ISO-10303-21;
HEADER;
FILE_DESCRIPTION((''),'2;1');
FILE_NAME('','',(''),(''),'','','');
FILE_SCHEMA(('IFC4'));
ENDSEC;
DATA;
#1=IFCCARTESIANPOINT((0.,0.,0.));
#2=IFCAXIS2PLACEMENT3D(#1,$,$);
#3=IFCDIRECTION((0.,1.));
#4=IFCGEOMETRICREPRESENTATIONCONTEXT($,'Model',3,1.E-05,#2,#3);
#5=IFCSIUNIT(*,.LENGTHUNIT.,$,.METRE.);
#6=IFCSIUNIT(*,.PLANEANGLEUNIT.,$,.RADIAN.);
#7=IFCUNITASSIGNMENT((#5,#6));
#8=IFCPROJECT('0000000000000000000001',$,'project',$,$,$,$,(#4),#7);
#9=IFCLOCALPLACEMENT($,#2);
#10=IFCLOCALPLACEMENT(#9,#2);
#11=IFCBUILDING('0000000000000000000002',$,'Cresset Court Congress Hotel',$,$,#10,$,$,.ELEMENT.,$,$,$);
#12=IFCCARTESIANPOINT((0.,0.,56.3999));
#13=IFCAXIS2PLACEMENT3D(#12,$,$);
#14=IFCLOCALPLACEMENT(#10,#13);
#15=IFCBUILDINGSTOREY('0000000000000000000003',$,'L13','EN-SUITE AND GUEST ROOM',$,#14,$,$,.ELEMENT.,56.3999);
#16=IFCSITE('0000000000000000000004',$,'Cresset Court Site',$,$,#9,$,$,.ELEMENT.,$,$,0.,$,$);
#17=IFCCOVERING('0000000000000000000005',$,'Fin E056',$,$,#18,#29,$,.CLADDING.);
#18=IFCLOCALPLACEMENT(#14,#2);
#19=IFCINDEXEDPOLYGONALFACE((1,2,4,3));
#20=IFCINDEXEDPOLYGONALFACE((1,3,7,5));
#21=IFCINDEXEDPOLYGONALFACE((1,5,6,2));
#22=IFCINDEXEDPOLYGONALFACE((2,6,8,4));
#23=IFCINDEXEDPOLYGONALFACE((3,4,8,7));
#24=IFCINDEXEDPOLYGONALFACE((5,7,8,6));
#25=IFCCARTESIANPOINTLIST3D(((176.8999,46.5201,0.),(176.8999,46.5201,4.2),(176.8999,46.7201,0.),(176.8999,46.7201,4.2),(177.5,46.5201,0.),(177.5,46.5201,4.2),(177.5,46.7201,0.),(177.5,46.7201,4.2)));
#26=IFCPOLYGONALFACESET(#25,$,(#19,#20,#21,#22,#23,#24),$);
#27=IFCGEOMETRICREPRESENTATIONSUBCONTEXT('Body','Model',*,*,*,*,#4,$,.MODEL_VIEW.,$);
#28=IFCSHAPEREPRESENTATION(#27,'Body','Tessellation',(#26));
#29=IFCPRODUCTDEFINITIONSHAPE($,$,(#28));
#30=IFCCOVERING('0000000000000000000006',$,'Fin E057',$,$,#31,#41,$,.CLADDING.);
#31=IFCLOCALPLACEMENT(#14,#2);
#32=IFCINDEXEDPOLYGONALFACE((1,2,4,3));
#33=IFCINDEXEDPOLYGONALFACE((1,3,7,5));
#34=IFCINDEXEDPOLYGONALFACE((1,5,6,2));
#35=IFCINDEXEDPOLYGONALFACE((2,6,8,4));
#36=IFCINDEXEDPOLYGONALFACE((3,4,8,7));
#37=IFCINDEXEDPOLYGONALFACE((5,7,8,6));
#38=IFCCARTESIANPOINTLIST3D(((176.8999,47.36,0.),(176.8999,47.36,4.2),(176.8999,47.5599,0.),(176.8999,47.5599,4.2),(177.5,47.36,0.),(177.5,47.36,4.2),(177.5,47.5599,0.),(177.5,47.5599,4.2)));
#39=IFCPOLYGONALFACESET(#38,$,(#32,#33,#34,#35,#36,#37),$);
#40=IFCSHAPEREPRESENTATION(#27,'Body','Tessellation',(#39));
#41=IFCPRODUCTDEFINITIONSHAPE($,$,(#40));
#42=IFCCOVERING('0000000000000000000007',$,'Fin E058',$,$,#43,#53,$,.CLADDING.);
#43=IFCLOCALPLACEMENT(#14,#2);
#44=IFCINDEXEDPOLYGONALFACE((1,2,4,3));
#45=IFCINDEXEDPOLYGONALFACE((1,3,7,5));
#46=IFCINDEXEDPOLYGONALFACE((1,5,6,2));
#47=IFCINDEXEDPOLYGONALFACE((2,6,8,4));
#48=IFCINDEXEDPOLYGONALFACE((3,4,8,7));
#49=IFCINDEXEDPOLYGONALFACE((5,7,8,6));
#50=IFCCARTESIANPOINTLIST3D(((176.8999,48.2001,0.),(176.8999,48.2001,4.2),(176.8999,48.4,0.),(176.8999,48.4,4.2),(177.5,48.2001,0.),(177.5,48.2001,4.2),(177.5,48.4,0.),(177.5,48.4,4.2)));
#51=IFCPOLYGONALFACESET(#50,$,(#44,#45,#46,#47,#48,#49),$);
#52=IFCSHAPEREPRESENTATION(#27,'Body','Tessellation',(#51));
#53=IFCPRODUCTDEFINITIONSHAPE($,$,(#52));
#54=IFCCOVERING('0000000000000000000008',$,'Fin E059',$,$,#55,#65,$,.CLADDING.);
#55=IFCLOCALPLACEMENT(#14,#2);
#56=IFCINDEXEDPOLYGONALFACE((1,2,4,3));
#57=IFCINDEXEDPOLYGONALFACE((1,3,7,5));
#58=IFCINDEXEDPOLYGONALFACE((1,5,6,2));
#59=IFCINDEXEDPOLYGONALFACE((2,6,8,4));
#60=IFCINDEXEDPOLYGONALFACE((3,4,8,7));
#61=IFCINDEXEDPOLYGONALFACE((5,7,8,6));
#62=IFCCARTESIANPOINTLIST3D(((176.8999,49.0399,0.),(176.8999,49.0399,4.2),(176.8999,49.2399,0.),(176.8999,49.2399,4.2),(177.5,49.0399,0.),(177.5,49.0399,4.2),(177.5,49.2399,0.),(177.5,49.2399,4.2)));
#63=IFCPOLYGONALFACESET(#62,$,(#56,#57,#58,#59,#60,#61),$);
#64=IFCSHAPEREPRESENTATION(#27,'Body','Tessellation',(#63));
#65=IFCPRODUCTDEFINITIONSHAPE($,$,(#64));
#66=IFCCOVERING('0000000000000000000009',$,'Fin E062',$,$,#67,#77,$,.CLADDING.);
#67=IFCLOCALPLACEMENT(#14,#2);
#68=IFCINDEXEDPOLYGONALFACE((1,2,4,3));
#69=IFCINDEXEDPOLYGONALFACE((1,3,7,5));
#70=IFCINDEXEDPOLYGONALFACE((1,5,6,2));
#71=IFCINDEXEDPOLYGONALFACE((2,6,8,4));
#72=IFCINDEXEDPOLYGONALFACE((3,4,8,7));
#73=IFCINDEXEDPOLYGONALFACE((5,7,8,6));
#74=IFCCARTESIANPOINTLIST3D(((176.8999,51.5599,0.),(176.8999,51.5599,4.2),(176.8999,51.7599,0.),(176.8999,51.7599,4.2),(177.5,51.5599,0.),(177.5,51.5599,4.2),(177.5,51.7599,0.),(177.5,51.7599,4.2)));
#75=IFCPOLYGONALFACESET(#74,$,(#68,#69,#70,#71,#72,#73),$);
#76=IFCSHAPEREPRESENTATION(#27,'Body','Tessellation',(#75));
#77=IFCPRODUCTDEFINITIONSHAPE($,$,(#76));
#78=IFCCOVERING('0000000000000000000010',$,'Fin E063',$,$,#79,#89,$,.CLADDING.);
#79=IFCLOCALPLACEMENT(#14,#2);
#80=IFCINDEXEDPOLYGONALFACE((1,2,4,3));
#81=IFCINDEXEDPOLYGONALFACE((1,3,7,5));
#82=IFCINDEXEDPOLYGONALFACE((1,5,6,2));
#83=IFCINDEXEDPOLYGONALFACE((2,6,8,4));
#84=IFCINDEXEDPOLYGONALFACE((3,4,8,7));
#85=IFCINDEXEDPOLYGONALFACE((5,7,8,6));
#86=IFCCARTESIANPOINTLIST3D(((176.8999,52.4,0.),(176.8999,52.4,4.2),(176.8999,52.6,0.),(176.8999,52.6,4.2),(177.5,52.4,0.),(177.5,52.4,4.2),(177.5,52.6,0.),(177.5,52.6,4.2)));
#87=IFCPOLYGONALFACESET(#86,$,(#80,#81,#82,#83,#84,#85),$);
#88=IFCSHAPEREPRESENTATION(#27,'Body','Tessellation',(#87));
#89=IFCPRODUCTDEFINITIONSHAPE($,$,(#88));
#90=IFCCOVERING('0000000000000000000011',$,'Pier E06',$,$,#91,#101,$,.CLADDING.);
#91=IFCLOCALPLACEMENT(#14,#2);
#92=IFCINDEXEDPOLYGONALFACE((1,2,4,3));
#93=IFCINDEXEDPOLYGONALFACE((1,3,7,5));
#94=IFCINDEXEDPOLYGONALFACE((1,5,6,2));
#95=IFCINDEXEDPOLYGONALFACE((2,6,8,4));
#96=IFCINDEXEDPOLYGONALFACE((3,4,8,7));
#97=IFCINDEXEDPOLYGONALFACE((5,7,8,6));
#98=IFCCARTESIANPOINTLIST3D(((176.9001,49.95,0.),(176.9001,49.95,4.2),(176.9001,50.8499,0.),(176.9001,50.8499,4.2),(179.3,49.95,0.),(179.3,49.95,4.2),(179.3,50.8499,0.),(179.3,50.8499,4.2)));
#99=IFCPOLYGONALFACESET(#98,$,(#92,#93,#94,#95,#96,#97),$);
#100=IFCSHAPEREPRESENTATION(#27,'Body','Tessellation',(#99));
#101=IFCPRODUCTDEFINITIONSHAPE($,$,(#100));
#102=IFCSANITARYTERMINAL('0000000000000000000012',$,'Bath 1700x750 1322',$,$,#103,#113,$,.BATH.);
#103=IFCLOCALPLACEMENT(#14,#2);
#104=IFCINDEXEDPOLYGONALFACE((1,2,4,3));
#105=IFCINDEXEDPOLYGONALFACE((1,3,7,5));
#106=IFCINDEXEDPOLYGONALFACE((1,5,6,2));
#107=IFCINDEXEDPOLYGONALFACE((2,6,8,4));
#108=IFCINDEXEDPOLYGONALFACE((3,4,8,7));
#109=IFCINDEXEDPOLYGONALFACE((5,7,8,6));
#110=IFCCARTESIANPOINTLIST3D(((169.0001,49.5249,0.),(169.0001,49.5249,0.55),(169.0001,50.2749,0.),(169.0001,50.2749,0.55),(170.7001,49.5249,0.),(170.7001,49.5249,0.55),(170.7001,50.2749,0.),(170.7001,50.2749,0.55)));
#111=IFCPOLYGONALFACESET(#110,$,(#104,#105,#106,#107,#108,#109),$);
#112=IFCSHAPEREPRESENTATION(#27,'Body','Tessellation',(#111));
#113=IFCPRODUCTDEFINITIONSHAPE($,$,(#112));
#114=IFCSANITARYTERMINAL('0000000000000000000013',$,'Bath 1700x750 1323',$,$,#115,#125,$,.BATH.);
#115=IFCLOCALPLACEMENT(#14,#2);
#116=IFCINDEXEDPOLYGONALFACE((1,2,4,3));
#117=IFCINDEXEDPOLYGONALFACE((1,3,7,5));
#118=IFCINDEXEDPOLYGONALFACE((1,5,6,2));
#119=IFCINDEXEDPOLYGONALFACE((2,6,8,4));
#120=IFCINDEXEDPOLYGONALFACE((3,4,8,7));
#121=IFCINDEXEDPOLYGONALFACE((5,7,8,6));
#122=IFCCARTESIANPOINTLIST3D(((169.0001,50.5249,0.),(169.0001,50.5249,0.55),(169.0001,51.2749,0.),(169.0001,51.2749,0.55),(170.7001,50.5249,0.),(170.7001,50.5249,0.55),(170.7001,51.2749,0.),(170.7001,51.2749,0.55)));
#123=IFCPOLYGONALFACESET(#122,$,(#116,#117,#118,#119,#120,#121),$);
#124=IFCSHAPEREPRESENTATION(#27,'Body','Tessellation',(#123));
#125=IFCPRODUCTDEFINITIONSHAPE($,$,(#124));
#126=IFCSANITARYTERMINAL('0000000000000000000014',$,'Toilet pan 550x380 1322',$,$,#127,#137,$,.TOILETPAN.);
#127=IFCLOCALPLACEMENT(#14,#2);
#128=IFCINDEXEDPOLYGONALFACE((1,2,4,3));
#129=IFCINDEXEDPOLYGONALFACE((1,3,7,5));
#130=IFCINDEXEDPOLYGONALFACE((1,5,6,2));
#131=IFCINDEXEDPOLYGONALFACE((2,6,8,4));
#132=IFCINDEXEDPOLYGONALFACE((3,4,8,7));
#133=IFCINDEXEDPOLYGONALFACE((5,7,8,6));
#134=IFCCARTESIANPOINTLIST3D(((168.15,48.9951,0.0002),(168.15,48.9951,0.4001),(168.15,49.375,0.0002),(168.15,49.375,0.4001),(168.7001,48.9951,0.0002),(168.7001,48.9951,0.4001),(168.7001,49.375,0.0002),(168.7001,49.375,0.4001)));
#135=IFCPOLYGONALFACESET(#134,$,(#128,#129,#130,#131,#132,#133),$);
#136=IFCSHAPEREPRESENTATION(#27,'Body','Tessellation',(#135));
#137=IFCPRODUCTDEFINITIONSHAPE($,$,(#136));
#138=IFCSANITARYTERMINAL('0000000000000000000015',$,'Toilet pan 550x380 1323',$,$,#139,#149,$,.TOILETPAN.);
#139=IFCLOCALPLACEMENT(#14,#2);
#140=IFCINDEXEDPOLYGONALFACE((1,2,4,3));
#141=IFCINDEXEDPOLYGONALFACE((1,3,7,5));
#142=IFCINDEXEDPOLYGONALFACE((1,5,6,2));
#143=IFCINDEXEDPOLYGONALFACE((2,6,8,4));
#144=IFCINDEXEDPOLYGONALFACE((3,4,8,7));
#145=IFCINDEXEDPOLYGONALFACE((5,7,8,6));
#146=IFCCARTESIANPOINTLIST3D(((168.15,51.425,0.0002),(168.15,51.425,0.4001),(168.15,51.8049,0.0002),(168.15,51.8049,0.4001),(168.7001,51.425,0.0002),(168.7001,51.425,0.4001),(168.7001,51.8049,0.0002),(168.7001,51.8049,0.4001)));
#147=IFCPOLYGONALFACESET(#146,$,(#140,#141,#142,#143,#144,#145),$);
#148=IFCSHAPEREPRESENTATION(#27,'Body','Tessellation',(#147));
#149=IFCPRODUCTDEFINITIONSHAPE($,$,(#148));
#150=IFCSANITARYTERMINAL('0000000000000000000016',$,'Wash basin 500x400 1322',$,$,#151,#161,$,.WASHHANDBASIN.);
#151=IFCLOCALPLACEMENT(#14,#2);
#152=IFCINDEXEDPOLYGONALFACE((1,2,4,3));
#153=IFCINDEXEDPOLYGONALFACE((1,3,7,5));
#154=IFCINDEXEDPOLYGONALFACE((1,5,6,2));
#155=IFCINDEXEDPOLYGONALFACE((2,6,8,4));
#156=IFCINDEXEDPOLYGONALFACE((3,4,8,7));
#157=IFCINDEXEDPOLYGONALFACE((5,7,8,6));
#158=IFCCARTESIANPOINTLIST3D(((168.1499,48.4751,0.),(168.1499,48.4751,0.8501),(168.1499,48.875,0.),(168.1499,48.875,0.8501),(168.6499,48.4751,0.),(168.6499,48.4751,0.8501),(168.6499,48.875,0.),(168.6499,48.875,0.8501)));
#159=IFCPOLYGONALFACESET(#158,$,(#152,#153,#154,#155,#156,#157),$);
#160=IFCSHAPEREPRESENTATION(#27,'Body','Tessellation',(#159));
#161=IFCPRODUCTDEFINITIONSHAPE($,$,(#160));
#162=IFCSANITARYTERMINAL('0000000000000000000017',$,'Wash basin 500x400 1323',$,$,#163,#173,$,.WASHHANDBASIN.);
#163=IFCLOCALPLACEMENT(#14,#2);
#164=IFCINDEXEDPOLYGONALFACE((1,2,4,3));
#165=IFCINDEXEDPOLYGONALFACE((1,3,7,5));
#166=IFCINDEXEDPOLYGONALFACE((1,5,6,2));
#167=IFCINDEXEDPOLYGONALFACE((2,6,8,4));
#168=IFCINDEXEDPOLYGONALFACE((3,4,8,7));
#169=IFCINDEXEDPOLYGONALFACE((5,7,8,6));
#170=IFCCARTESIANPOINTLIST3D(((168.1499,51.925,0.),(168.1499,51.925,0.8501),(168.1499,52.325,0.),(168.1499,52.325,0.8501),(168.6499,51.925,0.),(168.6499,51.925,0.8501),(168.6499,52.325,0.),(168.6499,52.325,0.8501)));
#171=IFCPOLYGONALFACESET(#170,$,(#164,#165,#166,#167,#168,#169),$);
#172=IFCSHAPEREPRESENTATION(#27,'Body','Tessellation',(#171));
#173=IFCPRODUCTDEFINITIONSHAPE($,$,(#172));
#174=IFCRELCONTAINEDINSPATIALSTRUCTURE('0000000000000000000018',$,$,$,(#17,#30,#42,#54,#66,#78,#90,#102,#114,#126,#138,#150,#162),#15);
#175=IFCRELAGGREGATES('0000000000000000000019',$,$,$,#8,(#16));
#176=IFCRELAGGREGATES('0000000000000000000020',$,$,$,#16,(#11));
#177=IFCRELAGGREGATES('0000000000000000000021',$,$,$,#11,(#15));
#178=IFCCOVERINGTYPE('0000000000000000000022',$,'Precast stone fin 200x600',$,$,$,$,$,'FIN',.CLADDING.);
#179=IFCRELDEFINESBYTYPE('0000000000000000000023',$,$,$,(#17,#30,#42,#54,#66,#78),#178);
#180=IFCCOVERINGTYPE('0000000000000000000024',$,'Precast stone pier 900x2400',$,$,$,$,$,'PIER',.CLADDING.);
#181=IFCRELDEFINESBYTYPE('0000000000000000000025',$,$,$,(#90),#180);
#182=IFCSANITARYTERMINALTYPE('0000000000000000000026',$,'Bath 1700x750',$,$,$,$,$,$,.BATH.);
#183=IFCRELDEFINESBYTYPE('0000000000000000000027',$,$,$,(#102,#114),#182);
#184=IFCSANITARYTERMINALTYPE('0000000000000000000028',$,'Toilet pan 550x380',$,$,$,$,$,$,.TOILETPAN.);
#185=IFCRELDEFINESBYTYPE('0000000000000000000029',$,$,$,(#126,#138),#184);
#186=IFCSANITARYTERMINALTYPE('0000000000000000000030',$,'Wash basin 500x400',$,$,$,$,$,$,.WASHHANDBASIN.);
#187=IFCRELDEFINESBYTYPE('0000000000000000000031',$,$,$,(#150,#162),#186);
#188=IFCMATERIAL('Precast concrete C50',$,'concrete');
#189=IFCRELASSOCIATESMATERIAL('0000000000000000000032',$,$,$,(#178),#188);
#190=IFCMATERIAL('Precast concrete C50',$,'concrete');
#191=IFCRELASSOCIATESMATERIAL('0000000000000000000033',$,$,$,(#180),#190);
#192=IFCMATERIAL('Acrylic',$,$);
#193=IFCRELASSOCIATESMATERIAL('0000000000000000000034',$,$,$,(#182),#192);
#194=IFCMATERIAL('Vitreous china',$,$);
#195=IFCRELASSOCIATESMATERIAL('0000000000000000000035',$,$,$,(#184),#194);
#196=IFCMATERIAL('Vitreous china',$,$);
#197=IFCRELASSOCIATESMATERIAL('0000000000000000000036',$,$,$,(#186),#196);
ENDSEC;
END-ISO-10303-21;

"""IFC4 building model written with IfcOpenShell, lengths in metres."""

from ifc_helpers import new_model, si_unit, direction, frame, origin, origin_2d, place, context, subcontext, project, spatial, rectangle, extrude, material, type_object, element, save


model = new_model("IFC4")

# Units and contexts
model_context = context("Model", 3, precision=1e-05, world=origin(), true_north=direction((0.0, 1.0)))
body_context = subcontext(model_context, "Body", "Model", "MODEL_VIEW")
ifc_project = project(units=[si_unit("LENGTHUNIT", "METRE"), si_unit("PLANEANGLEUNIT", "RADIAN")], contexts=[model_context])

# Site, building, storey
site_placement = place(None, origin())
site = spatial("IfcSite", under=ifc_project, at=site_placement, Name="Cresset Court Site", CompositionType="ELEMENT", RefElevation=0.0)
building_placement = place(site_placement, origin())
building = spatial("IfcBuilding", under=site, at=building_placement, Name="Cresset Court Congress Hotel", CompositionType="ELEMENT")
storey_placement = place(building_placement, frame((0.0, 0.0, 56.3999)))
storey = spatial("IfcBuildingStorey", under=building, at=storey_placement, Name="L13", Description="EN-SUITE AND GUEST ROOM", CompositionType="ELEMENT", Elevation=56.3999)

# Coverings
ifc_material_1 = material(Name="Precast concrete C50", Category="concrete")
covering_type_1 = type_object("IfcCoveringType", Name="Precast stone fin 200x600", ElementType="FIN", PredefinedType="CLADDING", material=ifc_material_1)
for number, where, z_axis, x_axis, name in (
    (1, (177.2, 46.6201, 0.0), (0.0, 0.0, 1.0), (1.0, 0.0, 0.0), "Fin E056"),
    (2, (177.2, 47.46, 0.0), (0.0, 0.0, 1.0), (1.0, 0.0, 0.0), "Fin E057"),
    (3, (177.2, 48.3, 0.0), (0.0, 0.0, 1.0), (1.0, 0.0, 0.0), "Fin E058"),
    (4, (177.2, 49.1399, 0.0), (0.0, 0.0, 1.0), (1.0, 0.0, 0.0), "Fin E059"),
    (5, (177.2, 51.6599, 0.0), (0.0, 0.0, 1.0), (1.0, 0.0, 0.0), "Fin E062"),
    (6, (177.2, 52.5, 0.0), (0.0, 0.0, 1.0), (1.0, 0.0, 0.0), "Fin E063"),
):
    element("IfcCovering", number, at=place(storey_placement, frame(where, z_axis=z_axis, x_axis=x_axis)), inside=storey, type_object=covering_type_1, Name=name, PredefinedType="CLADDING", context=body_context, shape_type="SweptSolid", body=[
        extrude(rectangle(XDim=0.6001, YDim=0.2, at=origin_2d()), origin(), (0.0, 0.0, 1.0), 4.2),
    ])
ifc_material_2 = material(Name="Precast concrete C50", Category="concrete")
covering_type_2 = type_object("IfcCoveringType", Name="Precast stone pier 900x2400", ElementType="PIER", PredefinedType="CLADDING", material=ifc_material_2)
covering_placement = place(storey_placement, frame((178.1001, 50.3999, 0.0), z_axis=(0.0, 0.0, 1.0), x_axis=(1.0, 0.0, 0.0)))
element("IfcCovering", 7, at=covering_placement, inside=storey, type_object=covering_type_2, Name="Pier E06", PredefinedType="CLADDING", context=body_context, shape_type="SweptSolid", body=[
    extrude(rectangle(XDim=2.3999, YDim=0.8999, at=origin_2d()), origin(), (0.0, 0.0, 1.0), 4.2),
])

# Sanitary terminals
ifc_material_3 = material(Name="Acrylic")
sanitary_terminal_type_1 = type_object("IfcSanitaryTerminalType", Name="Bath 1700x750", PredefinedType="BATH", material=ifc_material_3)
for number, where, z_axis, x_axis, name in (
    (8, (169.8501, 49.8999, 0.0), (0.0, 0.0, 1.0), (1.0, 0.0, 0.0), "Bath 1700x750 1322"),
    (9, (169.8501, 50.8999, 0.0), (0.0, 0.0, 1.0), (1.0, 0.0, 0.0), "Bath 1700x750 1323"),
):
    element("IfcSanitaryTerminal", number, at=place(storey_placement, frame(where, z_axis=z_axis, x_axis=x_axis)), inside=storey, type_object=sanitary_terminal_type_1, Name=name, PredefinedType="BATH", context=body_context, shape_type="SweptSolid", body=[
        extrude(rectangle(XDim=1.7, YDim=0.75, at=origin_2d()), origin(), (0.0, 0.0, 1.0), 0.55),
    ])
ifc_material_4 = material(Name="Vitreous china")
sanitary_terminal_type_2 = type_object("IfcSanitaryTerminalType", Name="Toilet pan 550x380", PredefinedType="TOILETPAN", material=ifc_material_4)
for number, where, z_axis, x_axis, name in (
    (10, (168.425, 49.1851, 0.0002), (0.0, 0.0, 1.0), (1.0, 0.0, 0.0), "Toilet pan 550x380 1322"),
    (11, (168.425, 51.615, 0.0002), (0.0, 0.0, 1.0), (1.0, 0.0, 0.0), "Toilet pan 550x380 1323"),
):
    element("IfcSanitaryTerminal", number, at=place(storey_placement, frame(where, z_axis=z_axis, x_axis=x_axis)), inside=storey, type_object=sanitary_terminal_type_2, Name=name, PredefinedType="TOILETPAN", context=body_context, shape_type="SweptSolid", body=[
        extrude(rectangle(XDim=0.55, YDim=0.3799, at=origin_2d()), origin(), (0.0, 0.0, 1.0), 0.3999),
    ])
ifc_material_5 = material(Name="Vitreous china")
sanitary_terminal_type_3 = type_object("IfcSanitaryTerminalType", Name="Wash basin 500x400", PredefinedType="WASHHANDBASIN", material=ifc_material_5)
for number, where, z_axis, x_axis, name in (
    (12, (168.3999, 48.675, 0.0), (0.0, 0.0, 1.0), (1.0, 0.0, 0.0), "Wash basin 500x400 1322"),
    (13, (168.3999, 52.125, 0.0), (0.0, 0.0, 1.0), (1.0, 0.0, 0.0), "Wash basin 500x400 1323"),
):
    element("IfcSanitaryTerminal", number, at=place(storey_placement, frame(where, z_axis=z_axis, x_axis=x_axis)), inside=storey, type_object=sanitary_terminal_type_3, Name=name, PredefinedType="WASHHANDBASIN", context=body_context, shape_type="SweptSolid", body=[
        extrude(rectangle(XDim=0.5, YDim=0.3999, at=origin_2d()), origin(), (0.0, 0.0, 1.0), 0.8501),
    ])

save(model, "model.ifc")
